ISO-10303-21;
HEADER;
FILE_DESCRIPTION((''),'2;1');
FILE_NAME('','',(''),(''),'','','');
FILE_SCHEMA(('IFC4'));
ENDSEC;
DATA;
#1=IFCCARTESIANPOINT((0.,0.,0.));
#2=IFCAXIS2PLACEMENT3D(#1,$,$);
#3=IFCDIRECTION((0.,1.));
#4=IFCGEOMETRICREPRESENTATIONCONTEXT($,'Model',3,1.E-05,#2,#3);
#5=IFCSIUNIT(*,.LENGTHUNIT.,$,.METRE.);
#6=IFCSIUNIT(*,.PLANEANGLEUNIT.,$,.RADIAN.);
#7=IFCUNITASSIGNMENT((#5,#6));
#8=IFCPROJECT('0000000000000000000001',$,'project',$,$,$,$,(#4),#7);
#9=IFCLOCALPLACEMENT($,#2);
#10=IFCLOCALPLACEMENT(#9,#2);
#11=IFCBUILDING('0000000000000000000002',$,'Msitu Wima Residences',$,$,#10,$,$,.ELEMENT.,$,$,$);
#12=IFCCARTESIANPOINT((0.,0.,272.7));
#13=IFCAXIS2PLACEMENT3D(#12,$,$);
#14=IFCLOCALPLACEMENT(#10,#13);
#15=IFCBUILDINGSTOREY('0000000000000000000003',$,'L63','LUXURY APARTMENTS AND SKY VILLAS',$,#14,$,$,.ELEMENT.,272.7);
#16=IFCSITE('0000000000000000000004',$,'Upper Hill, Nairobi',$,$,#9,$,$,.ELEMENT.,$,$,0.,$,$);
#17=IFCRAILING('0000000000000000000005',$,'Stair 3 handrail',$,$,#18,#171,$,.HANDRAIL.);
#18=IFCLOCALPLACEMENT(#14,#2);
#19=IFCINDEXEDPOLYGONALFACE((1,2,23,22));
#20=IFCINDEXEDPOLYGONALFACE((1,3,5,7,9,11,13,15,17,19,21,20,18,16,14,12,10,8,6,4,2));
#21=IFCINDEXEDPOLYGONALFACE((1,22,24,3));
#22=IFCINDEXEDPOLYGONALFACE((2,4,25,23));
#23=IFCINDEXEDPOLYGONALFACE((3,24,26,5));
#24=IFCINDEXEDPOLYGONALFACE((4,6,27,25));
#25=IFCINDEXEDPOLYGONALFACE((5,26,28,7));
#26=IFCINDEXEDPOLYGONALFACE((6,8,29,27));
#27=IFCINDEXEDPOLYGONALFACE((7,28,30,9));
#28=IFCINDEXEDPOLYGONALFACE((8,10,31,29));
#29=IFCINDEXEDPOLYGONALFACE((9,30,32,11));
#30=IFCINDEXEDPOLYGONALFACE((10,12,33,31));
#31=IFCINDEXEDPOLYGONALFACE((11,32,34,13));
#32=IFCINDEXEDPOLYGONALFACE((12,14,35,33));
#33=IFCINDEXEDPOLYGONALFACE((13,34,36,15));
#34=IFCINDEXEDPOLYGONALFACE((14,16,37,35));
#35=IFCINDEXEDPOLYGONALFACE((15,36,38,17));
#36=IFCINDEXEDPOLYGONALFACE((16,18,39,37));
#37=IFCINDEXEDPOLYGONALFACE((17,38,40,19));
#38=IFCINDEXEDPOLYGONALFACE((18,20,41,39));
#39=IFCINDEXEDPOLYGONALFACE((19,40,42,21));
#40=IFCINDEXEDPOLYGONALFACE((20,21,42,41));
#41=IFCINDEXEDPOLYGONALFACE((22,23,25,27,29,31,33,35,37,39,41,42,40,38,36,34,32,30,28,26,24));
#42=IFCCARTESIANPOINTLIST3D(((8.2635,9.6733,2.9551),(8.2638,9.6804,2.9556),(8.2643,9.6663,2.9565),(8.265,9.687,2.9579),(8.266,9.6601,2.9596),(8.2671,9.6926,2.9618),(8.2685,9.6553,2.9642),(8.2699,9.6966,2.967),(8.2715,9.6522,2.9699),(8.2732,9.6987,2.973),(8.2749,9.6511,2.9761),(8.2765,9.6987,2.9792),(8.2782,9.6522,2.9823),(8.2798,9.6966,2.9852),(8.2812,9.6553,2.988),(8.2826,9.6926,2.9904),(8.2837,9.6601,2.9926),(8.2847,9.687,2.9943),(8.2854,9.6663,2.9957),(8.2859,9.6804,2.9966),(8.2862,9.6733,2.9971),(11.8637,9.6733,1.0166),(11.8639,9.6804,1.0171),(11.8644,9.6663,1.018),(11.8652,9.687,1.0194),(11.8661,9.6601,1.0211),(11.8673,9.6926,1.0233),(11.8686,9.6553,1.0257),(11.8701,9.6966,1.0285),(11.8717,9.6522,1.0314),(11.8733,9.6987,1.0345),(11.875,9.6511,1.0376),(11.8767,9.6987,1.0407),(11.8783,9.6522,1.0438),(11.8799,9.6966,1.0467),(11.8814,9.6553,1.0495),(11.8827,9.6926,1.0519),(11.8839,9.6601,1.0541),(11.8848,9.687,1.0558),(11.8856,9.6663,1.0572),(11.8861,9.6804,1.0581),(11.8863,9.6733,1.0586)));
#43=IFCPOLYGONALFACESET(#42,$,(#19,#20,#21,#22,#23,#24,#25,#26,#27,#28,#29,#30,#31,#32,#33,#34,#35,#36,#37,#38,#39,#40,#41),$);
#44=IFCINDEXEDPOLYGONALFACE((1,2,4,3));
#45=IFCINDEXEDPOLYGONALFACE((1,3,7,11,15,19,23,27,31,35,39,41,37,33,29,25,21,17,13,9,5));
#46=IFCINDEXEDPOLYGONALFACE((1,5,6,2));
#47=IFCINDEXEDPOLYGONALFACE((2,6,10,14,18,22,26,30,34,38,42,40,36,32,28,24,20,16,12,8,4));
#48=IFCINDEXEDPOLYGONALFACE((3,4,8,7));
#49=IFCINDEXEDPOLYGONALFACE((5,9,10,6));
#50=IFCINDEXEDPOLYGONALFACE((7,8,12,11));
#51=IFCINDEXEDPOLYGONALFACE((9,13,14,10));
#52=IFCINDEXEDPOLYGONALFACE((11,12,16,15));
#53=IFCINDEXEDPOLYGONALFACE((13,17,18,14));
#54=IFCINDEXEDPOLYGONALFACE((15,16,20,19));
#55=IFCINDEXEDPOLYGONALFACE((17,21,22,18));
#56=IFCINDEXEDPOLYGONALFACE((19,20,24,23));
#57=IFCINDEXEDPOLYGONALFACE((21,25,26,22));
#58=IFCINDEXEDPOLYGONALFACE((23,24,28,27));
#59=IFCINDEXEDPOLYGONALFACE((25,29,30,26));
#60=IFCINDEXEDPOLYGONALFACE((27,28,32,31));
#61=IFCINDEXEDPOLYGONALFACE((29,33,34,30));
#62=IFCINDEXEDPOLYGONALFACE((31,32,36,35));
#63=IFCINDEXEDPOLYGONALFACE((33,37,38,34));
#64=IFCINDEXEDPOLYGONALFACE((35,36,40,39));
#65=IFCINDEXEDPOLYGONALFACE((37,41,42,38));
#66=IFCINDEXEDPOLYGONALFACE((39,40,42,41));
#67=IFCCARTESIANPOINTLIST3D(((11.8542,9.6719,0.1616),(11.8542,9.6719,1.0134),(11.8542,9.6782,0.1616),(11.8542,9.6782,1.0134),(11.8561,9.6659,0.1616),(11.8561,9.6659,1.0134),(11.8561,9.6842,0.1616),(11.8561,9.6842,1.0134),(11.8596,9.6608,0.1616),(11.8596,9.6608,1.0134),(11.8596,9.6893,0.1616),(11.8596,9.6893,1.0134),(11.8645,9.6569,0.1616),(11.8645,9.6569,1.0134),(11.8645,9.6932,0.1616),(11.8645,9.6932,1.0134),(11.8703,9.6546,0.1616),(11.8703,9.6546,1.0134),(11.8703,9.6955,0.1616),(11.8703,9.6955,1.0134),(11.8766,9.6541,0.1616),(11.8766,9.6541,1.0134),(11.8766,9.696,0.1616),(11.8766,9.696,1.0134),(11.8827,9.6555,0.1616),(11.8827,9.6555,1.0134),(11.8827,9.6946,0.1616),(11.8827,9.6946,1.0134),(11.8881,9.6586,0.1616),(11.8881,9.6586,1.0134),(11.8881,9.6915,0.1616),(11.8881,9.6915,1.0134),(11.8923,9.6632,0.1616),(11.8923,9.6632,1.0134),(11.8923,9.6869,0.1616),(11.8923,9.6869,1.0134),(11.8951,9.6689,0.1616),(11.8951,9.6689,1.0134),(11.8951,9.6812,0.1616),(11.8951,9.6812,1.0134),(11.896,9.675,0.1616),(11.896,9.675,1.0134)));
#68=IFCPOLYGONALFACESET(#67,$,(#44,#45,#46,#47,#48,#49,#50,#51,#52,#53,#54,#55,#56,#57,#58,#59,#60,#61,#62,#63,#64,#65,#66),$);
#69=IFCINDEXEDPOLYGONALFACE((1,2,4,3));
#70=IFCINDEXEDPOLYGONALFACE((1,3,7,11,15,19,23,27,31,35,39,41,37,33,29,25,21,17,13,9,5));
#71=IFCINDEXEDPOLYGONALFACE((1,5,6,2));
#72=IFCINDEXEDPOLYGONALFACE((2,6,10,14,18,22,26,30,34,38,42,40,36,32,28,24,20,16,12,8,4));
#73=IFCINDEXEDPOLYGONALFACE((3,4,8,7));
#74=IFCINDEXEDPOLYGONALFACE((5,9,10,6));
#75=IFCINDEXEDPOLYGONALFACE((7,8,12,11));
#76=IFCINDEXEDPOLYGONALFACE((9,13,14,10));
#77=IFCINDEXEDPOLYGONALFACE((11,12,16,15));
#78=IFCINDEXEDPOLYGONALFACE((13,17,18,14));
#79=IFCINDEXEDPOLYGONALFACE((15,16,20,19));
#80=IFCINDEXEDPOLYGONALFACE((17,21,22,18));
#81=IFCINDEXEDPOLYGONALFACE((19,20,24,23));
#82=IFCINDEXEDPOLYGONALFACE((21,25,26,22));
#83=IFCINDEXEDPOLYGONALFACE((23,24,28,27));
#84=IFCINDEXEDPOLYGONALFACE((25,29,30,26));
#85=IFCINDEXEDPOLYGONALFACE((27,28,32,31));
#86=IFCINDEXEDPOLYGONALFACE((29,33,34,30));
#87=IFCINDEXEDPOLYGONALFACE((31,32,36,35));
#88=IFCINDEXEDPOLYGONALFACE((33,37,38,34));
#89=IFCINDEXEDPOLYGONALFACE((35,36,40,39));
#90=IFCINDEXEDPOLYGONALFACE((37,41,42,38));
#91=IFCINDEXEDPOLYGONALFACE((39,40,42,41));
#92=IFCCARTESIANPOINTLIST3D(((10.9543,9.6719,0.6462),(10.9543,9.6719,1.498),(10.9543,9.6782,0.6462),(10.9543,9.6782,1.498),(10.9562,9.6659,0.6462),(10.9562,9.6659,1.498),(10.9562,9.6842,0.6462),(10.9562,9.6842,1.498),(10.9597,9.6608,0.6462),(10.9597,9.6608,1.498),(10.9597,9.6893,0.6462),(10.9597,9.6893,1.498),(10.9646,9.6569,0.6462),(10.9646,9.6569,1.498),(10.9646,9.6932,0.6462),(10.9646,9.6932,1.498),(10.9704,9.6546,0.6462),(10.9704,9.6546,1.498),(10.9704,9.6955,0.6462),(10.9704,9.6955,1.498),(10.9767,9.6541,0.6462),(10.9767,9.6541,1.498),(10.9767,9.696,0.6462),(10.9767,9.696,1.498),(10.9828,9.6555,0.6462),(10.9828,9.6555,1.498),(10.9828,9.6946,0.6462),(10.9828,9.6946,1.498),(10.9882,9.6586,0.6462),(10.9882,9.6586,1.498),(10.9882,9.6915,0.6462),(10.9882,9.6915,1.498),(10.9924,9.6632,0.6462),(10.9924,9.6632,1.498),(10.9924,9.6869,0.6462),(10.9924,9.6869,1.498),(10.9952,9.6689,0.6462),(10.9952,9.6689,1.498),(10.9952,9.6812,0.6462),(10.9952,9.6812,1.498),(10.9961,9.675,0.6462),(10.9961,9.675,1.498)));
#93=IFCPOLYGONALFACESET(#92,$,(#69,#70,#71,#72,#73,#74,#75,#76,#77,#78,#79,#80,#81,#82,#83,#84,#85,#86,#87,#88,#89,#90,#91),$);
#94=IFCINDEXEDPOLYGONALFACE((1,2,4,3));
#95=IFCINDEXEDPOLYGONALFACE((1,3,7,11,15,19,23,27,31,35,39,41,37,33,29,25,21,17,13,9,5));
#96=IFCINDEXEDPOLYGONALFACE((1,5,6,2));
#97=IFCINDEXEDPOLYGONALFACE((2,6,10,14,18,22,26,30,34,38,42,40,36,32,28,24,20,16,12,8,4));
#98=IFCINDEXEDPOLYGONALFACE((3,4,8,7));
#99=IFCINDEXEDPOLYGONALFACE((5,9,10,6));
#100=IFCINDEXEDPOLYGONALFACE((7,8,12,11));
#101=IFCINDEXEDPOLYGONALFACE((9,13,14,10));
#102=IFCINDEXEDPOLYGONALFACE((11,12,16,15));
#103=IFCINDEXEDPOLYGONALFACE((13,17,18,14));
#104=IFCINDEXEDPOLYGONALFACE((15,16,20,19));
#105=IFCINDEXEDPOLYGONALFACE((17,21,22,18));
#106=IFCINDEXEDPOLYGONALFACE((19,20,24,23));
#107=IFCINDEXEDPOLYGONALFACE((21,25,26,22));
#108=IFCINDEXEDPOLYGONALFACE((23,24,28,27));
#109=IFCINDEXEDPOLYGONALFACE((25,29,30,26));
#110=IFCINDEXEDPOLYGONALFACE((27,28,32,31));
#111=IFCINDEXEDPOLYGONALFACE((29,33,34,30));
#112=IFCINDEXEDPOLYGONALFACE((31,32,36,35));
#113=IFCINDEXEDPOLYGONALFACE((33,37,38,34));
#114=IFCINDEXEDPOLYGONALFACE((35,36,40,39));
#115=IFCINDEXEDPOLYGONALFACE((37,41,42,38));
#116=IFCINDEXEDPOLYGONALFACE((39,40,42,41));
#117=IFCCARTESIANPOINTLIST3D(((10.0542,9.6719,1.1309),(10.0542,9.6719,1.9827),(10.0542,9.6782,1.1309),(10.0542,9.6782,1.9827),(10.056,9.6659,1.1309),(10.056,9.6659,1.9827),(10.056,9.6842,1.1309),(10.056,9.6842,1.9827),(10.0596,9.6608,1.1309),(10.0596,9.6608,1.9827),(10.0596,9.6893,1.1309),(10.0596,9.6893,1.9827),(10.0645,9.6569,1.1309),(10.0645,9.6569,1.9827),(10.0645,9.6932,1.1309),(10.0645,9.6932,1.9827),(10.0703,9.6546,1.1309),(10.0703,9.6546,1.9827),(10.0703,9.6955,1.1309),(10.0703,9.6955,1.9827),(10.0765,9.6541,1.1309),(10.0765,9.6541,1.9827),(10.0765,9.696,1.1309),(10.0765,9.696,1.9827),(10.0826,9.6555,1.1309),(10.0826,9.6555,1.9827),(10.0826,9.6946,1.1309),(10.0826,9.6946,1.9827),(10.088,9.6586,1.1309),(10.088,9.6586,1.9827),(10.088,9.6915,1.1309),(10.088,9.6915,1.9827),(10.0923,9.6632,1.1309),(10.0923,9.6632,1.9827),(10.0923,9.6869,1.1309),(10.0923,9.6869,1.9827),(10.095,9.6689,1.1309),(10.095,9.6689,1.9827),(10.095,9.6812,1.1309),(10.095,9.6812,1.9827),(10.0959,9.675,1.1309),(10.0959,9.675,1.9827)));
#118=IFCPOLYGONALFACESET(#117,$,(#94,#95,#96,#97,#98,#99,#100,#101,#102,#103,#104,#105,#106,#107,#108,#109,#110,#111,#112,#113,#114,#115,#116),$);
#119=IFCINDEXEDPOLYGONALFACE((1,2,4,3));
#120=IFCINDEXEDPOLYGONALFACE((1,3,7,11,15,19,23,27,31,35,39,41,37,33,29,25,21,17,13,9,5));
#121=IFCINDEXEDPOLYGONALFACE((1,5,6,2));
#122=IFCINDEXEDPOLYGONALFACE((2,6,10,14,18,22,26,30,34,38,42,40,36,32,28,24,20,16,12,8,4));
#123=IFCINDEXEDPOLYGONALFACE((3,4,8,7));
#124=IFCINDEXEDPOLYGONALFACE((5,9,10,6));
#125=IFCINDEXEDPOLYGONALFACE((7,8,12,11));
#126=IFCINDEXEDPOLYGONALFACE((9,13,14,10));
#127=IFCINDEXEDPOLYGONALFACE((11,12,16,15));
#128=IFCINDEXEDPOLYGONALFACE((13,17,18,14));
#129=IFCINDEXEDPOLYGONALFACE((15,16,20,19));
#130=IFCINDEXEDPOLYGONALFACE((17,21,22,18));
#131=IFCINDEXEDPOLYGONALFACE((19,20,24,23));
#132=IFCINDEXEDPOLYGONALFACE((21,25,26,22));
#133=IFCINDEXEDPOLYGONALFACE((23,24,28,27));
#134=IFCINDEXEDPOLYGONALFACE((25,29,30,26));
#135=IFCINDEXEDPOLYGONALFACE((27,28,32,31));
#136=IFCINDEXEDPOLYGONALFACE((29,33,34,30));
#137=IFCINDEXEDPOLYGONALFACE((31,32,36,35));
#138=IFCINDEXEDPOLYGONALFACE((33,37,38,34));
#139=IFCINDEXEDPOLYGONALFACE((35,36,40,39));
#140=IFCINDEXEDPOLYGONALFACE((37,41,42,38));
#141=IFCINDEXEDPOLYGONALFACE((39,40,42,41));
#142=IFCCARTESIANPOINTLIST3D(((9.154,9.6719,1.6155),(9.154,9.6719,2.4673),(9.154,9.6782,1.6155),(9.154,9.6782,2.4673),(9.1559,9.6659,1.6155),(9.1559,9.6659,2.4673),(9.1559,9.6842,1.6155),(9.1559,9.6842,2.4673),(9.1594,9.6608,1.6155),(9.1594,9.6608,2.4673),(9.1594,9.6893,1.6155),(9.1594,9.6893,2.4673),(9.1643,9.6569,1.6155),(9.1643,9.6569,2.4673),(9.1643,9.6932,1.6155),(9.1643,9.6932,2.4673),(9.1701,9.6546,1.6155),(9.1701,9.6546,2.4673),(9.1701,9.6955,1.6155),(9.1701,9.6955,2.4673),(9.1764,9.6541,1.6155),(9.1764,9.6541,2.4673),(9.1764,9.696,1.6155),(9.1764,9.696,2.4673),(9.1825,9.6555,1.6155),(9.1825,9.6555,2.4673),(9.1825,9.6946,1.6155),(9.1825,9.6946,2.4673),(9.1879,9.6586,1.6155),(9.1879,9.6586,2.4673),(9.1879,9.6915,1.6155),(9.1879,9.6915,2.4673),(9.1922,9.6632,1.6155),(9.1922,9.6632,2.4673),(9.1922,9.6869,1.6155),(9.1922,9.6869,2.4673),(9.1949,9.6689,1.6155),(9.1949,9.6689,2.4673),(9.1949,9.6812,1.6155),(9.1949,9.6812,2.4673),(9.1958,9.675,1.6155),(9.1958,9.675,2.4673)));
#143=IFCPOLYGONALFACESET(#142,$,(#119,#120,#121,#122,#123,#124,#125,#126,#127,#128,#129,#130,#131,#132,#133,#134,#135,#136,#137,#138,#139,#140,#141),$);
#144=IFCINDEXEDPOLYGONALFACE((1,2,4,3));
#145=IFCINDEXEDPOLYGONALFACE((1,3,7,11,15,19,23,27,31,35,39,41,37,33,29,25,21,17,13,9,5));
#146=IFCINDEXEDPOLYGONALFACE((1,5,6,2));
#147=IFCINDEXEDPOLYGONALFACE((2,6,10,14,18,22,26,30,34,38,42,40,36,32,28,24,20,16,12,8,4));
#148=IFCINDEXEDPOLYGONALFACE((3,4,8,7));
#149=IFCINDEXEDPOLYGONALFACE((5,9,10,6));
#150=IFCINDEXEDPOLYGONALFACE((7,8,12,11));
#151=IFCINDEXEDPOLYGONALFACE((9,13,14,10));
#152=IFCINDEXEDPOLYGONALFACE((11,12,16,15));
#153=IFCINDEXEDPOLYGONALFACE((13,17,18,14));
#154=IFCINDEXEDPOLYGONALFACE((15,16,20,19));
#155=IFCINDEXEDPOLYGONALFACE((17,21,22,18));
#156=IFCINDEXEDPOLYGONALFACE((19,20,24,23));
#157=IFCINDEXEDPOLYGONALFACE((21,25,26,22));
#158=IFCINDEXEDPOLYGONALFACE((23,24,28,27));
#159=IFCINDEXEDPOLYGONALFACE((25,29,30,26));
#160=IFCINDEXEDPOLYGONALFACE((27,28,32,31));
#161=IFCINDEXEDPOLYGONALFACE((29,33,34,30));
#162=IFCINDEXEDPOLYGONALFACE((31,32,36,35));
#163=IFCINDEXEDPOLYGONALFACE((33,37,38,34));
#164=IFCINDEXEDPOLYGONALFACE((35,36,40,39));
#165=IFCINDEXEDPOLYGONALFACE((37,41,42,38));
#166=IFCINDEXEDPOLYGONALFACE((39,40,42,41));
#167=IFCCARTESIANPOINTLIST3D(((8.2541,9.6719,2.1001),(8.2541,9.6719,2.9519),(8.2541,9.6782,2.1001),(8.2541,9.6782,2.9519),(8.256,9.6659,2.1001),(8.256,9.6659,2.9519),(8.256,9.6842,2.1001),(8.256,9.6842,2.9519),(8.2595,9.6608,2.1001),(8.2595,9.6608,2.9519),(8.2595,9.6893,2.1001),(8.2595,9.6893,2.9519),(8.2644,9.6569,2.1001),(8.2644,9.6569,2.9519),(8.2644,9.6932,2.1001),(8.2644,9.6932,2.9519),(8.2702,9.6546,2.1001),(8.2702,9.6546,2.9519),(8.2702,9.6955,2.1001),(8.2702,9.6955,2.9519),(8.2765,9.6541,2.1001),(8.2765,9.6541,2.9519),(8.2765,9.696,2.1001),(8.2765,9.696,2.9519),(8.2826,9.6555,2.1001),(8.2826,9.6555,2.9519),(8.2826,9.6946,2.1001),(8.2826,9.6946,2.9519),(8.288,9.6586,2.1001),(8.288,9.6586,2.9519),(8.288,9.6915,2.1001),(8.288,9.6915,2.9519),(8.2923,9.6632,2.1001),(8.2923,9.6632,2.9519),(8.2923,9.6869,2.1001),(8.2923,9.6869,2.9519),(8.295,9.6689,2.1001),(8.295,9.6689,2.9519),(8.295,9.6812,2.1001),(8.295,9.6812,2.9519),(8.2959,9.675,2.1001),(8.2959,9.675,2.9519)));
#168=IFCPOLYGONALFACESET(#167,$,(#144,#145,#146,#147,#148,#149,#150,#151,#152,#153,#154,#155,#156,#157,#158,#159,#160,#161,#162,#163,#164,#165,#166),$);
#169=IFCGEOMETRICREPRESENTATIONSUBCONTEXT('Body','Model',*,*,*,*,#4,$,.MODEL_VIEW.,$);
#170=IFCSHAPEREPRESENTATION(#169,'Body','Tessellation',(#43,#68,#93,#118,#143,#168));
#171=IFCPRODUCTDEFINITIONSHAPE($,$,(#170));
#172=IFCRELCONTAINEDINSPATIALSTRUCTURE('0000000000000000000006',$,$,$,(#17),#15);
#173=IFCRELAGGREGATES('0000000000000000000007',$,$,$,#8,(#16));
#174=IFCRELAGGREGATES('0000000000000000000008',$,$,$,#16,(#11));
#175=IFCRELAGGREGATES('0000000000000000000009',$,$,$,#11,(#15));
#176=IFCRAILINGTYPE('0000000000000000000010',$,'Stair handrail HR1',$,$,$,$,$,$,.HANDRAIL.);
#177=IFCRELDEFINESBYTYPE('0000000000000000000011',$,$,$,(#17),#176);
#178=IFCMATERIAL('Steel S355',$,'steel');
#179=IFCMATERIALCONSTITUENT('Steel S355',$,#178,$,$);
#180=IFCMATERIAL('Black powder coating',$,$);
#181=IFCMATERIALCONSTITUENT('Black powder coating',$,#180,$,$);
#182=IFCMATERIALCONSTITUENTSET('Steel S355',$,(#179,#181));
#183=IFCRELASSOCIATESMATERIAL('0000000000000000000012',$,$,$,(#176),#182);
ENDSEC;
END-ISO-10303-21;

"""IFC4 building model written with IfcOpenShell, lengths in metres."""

from ifc_helpers import new_model, si_unit, direction, frame, origin, origin_2d, place, context, subcontext, project, spatial, circle, extrude, material, constituent, constituent_set, type_object, element, save


model = new_model("IFC4")

# Units and contexts
model_context = context("Model", 3, precision=1e-05, world=origin(), true_north=direction((0.0, 1.0)))
body_context = subcontext(model_context, "Body", "Model", "MODEL_VIEW")
ifc_project = project(units=[si_unit("LENGTHUNIT", "METRE"), si_unit("PLANEANGLEUNIT", "RADIAN")], contexts=[model_context])

# Site, building, storey
site_placement = place(None, origin())
site = spatial("IfcSite", under=ifc_project, at=site_placement, Name="Upper Hill, Nairobi", CompositionType="ELEMENT", RefElevation=0.0)
building_placement = place(site_placement, origin())
building = spatial("IfcBuilding", under=site, at=building_placement, Name="Msitu Wima Residences", CompositionType="ELEMENT")
storey_placement = place(building_placement, frame((0.0, 0.0, 272.7)))
storey = spatial("IfcBuildingStorey", under=building, at=storey_placement, Name="L63", Description="LUXURY APARTMENTS AND SKY VILLAS", CompositionType="ELEMENT", Elevation=272.7)

# Railing
ifc_material_1 = material(Name="Steel S355", Category="steel")
ifc_constituent_1 = constituent(ifc_material_1, Name="Steel S355")
ifc_material_2 = material(Name="Black powder coating")
ifc_constituent_2 = constituent(ifc_material_2, Name="Black powder coating")
ifc_constituent_set = constituent_set(constituents=[ifc_constituent_1, ifc_constituent_2], Name="Steel S355")
railing_type = type_object("IfcRailingType", Name="Stair handrail HR1", PredefinedType="HANDRAIL", material=ifc_constituent_set)
for number, where, name in (
    (1, (11.875, 9.675, 0.1616), "Stair 3 handrail"),
):
    element("IfcRailing", number, at=place(storey_placement, frame(where)), inside=storey, type_object=railing_type, Name=name, PredefinedType="HANDRAIL", context=body_context, shape_type="SweptSolid", body=[
        extrude(circle(Radius=0.0239, at=origin_2d()), frame((0.0, 0.0, 0.876), z_axis=(-0.880475, 0.0, 0.474093), x_axis=(0.0, -1.0, 0.0)), (0.0, 0.0, 1.0), 4.0889),
        extrude(circle(Radius=0.021, at=origin_2d()), origin(), (0.0, 0.0, 1.0), 0.8518),
        extrude(circle(Radius=0.021, at=origin_2d()), frame((-0.8999, 0.0, 0.4846)), (0.0, 0.0, 1.0), 0.8518),
        extrude(circle(Radius=0.021, at=origin_2d()), frame((-1.8, 0.0, 0.9692)), (0.0, 0.0, 1.0), 0.8518),
        extrude(circle(Radius=0.021, at=origin_2d()), frame((-2.7002, 0.0, 1.4539)), (0.0, 0.0, 1.0), 0.8518),
        extrude(circle(Radius=0.021, at=origin_2d()), frame((-3.6001, 0.0, 1.9385)), (0.0, 0.0, 1.0), 0.8518),
    ])

save(model, "model.ifc")
